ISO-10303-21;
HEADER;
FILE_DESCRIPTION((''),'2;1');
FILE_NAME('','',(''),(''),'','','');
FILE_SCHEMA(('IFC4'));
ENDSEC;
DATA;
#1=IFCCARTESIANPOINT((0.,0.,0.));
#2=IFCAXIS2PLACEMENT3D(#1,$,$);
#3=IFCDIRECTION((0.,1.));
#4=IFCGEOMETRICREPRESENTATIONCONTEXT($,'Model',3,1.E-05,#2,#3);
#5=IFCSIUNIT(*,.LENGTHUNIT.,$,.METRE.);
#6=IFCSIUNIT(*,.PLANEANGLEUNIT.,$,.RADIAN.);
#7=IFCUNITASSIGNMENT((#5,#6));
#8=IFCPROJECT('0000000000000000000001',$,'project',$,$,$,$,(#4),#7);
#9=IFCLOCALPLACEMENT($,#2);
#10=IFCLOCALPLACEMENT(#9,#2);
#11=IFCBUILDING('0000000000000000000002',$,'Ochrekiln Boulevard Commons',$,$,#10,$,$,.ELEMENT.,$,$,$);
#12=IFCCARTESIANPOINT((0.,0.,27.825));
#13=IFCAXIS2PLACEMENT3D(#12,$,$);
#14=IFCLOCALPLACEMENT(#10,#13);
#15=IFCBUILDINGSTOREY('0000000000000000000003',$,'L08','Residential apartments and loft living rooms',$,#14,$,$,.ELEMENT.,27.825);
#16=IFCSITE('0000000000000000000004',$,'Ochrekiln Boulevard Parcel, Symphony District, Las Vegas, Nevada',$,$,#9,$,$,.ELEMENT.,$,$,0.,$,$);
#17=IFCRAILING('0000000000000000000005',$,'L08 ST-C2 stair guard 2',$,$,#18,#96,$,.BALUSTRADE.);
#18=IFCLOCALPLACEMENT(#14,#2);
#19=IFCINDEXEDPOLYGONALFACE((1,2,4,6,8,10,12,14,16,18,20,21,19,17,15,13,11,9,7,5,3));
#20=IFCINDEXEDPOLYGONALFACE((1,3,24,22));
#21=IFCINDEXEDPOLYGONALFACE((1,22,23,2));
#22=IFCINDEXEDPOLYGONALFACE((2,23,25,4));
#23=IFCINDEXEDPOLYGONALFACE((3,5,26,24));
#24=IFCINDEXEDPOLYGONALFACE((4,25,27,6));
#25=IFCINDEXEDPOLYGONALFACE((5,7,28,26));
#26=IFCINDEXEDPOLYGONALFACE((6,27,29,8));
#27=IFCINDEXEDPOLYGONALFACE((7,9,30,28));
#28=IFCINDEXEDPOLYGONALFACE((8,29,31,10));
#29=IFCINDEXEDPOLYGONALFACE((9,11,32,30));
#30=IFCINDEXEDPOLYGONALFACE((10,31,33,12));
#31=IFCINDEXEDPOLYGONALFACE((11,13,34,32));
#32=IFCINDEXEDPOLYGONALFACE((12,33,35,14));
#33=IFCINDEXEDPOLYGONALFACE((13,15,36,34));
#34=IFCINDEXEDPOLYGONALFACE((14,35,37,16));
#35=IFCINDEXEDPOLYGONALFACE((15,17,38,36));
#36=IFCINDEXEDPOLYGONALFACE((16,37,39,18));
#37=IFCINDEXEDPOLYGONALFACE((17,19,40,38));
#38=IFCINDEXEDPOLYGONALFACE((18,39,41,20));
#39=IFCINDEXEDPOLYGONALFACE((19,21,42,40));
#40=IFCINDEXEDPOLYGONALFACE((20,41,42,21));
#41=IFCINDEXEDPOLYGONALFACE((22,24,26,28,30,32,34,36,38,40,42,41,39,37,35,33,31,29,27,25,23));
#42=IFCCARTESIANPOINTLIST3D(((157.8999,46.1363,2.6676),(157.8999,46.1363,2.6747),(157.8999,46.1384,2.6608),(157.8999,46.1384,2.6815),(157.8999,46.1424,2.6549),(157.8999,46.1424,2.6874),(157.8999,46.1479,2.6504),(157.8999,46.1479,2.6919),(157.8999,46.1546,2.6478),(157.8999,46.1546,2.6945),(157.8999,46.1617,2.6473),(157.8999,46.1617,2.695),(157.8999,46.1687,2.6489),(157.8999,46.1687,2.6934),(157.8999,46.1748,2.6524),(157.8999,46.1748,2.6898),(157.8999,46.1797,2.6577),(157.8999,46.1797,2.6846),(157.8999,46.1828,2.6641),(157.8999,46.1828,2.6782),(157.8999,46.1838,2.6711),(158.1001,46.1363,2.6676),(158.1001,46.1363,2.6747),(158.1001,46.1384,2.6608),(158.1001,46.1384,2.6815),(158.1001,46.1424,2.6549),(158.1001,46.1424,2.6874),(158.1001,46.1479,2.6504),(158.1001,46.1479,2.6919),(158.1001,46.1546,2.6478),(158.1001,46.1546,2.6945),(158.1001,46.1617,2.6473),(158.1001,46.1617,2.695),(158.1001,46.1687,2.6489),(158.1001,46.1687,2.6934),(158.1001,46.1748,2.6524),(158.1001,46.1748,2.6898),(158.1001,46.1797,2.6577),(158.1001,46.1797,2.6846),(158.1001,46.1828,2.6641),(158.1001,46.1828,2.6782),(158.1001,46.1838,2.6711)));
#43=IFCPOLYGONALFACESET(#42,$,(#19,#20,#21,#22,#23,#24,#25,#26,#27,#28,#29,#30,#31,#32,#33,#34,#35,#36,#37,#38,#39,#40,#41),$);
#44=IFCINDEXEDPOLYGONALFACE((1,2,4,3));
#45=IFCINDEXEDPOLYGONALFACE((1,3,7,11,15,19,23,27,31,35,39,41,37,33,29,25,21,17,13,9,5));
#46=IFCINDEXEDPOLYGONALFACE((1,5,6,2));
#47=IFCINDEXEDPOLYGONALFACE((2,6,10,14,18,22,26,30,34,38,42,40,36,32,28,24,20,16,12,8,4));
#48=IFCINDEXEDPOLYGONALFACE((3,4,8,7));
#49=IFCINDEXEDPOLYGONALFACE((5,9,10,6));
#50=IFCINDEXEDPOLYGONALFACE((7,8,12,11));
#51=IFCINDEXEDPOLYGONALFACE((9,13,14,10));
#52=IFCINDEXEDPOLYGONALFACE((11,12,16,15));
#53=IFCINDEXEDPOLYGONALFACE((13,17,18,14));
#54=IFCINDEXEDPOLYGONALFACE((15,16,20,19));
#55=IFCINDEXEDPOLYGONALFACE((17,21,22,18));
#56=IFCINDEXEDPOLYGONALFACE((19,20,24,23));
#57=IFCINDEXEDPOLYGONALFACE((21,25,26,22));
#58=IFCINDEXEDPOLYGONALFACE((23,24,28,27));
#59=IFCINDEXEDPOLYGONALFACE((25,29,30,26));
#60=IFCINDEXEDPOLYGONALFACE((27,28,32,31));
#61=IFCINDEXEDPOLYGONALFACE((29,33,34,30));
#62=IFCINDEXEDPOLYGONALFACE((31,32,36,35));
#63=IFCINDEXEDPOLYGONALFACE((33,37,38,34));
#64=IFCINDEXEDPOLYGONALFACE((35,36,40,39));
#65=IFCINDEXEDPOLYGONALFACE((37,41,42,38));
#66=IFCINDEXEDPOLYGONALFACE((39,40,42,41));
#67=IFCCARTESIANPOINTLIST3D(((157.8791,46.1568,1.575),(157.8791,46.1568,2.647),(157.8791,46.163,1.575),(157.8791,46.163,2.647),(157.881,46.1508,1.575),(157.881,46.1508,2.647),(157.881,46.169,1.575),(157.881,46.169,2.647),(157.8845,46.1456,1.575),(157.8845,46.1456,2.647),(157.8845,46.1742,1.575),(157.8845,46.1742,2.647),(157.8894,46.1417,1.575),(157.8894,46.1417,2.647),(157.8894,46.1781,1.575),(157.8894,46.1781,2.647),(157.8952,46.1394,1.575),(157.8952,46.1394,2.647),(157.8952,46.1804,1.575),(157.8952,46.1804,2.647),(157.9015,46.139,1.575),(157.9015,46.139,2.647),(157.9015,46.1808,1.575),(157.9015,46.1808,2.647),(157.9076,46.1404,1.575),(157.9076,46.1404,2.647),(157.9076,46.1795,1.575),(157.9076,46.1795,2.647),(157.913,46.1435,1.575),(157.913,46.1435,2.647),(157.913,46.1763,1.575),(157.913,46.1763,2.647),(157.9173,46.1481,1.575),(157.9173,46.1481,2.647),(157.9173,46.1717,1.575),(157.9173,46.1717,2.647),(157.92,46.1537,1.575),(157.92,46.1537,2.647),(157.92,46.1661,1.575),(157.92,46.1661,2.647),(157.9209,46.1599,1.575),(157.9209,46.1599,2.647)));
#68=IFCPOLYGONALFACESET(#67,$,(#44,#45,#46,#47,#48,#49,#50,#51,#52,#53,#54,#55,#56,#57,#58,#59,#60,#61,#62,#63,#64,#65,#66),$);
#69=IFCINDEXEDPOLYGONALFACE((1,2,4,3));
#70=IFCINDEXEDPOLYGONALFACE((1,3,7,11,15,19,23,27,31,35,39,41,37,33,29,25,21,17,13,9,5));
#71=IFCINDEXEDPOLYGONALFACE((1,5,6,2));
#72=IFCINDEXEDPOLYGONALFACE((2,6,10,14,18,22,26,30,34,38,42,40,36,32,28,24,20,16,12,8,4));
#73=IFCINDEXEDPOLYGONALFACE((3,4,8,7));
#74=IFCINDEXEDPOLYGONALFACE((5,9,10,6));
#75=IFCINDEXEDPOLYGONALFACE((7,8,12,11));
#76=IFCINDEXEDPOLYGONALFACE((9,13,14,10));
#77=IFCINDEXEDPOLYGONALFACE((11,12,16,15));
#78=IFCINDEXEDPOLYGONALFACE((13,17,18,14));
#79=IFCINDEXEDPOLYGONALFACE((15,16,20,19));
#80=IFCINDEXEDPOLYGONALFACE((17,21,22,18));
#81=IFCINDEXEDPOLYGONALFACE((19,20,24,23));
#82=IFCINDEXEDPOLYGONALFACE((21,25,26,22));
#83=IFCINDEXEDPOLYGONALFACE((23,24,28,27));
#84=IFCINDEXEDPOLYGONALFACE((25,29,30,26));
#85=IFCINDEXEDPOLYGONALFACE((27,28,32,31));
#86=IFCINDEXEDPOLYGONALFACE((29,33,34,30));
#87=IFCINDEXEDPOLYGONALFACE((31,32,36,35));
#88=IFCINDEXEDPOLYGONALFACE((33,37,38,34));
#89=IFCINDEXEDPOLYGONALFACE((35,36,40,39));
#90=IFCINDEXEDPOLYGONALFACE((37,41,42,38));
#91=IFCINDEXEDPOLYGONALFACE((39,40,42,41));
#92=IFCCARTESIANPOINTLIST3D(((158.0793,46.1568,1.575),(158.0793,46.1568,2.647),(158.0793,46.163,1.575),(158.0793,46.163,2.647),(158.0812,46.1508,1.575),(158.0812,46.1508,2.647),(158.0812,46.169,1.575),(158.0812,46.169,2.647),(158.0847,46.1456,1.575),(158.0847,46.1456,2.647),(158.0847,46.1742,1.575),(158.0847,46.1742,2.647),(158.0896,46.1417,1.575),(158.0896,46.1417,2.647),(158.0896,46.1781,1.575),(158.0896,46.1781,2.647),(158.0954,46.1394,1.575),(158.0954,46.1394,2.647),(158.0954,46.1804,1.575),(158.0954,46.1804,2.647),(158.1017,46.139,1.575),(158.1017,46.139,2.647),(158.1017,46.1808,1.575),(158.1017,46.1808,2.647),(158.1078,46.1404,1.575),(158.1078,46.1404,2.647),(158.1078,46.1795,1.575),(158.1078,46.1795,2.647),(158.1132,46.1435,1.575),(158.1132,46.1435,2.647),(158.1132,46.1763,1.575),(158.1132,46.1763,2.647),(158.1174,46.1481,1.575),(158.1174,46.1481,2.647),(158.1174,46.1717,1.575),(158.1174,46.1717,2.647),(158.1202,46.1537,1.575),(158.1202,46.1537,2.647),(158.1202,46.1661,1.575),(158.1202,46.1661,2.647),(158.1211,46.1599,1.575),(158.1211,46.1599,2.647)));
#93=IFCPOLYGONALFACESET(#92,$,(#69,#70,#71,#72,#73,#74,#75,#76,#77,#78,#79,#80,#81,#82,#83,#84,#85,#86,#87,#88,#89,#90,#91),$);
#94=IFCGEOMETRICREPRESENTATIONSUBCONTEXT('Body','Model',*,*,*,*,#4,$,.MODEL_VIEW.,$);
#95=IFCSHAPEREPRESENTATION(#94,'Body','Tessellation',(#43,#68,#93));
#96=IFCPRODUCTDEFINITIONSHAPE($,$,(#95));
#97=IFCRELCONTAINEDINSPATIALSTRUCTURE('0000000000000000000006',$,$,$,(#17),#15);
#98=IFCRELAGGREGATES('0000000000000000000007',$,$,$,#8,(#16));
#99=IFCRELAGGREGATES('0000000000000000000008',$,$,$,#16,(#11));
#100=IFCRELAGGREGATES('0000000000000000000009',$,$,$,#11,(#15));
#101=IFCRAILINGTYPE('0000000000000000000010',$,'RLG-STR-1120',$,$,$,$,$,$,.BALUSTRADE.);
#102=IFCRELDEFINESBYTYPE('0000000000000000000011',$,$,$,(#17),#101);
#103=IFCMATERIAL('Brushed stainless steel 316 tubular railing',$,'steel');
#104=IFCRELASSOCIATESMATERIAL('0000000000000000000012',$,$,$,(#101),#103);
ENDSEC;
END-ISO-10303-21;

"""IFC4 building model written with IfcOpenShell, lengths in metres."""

from ifc_helpers import new_model, si_unit, direction, frame, origin, origin_2d, place, context, subcontext, project, spatial, circle, extrude, material, type_object, element, save


model = new_model("IFC4")

# Units and contexts
model_context = context("Model", 3, precision=1e-05, world=origin(), true_north=direction((0.0, 1.0)))
body_context = subcontext(model_context, "Body", "Model", "MODEL_VIEW")
ifc_project = project(units=[si_unit("LENGTHUNIT", "METRE"), si_unit("PLANEANGLEUNIT", "RADIAN")], contexts=[model_context])

# Site, building, storey
site_placement = place(None, origin())
site = spatial("IfcSite", under=ifc_project, at=site_placement, Name="Ochrekiln Boulevard Parcel, Symphony District, Las Vegas, Nevada", CompositionType="ELEMENT", RefElevation=0.0)
building_placement = place(site_placement, origin())
building = spatial("IfcBuilding", under=site, at=building_placement, Name="Ochrekiln Boulevard Commons", CompositionType="ELEMENT")
storey_placement = place(building_placement, frame((0.0, 0.0, 27.825)))
storey = spatial("IfcBuildingStorey", under=building, at=storey_placement, Name="L08", Description="Residential apartments and loft living rooms", CompositionType="ELEMENT", Elevation=27.825)

# Railing
ifc_material_1 = material(Name="Brushed stainless steel 316 tubular railing", Category="steel")
railing_type_1 = type_object("IfcRailingType", Name="RLG-STR-1120", PredefinedType="BALUSTRADE", material=ifc_material_1)
railing_1_placement = place(storey_placement, frame((157.8999, 46.1599, 1.575)))
element("IfcRailing", 1, at=railing_1_placement, inside=storey, type_object=railing_type_1, Name="L08 ST-C2 stair guard 2", PredefinedType="BALUSTRADE", context=body_context, shape_type="SweptSolid", body=[
    extrude(circle(Radius=0.0239, at=origin_2d()), frame((0.0, 0.0, 1.0962), z_axis=(1.0, 0.0, 0.0), x_axis=(0.0, 1.0, 0.0)), (0.0, 0.0, 1.0), 0.2002),
    extrude(circle(Radius=0.021, at=origin_2d()), origin(), (0.0, 0.0, 1.0), 1.072),
    extrude(circle(Radius=0.021, at=origin_2d()), frame((0.2002, 0.0, 0.0)), (0.0, 0.0, 1.0), 1.072),
])

save(model, "model.ifc")
